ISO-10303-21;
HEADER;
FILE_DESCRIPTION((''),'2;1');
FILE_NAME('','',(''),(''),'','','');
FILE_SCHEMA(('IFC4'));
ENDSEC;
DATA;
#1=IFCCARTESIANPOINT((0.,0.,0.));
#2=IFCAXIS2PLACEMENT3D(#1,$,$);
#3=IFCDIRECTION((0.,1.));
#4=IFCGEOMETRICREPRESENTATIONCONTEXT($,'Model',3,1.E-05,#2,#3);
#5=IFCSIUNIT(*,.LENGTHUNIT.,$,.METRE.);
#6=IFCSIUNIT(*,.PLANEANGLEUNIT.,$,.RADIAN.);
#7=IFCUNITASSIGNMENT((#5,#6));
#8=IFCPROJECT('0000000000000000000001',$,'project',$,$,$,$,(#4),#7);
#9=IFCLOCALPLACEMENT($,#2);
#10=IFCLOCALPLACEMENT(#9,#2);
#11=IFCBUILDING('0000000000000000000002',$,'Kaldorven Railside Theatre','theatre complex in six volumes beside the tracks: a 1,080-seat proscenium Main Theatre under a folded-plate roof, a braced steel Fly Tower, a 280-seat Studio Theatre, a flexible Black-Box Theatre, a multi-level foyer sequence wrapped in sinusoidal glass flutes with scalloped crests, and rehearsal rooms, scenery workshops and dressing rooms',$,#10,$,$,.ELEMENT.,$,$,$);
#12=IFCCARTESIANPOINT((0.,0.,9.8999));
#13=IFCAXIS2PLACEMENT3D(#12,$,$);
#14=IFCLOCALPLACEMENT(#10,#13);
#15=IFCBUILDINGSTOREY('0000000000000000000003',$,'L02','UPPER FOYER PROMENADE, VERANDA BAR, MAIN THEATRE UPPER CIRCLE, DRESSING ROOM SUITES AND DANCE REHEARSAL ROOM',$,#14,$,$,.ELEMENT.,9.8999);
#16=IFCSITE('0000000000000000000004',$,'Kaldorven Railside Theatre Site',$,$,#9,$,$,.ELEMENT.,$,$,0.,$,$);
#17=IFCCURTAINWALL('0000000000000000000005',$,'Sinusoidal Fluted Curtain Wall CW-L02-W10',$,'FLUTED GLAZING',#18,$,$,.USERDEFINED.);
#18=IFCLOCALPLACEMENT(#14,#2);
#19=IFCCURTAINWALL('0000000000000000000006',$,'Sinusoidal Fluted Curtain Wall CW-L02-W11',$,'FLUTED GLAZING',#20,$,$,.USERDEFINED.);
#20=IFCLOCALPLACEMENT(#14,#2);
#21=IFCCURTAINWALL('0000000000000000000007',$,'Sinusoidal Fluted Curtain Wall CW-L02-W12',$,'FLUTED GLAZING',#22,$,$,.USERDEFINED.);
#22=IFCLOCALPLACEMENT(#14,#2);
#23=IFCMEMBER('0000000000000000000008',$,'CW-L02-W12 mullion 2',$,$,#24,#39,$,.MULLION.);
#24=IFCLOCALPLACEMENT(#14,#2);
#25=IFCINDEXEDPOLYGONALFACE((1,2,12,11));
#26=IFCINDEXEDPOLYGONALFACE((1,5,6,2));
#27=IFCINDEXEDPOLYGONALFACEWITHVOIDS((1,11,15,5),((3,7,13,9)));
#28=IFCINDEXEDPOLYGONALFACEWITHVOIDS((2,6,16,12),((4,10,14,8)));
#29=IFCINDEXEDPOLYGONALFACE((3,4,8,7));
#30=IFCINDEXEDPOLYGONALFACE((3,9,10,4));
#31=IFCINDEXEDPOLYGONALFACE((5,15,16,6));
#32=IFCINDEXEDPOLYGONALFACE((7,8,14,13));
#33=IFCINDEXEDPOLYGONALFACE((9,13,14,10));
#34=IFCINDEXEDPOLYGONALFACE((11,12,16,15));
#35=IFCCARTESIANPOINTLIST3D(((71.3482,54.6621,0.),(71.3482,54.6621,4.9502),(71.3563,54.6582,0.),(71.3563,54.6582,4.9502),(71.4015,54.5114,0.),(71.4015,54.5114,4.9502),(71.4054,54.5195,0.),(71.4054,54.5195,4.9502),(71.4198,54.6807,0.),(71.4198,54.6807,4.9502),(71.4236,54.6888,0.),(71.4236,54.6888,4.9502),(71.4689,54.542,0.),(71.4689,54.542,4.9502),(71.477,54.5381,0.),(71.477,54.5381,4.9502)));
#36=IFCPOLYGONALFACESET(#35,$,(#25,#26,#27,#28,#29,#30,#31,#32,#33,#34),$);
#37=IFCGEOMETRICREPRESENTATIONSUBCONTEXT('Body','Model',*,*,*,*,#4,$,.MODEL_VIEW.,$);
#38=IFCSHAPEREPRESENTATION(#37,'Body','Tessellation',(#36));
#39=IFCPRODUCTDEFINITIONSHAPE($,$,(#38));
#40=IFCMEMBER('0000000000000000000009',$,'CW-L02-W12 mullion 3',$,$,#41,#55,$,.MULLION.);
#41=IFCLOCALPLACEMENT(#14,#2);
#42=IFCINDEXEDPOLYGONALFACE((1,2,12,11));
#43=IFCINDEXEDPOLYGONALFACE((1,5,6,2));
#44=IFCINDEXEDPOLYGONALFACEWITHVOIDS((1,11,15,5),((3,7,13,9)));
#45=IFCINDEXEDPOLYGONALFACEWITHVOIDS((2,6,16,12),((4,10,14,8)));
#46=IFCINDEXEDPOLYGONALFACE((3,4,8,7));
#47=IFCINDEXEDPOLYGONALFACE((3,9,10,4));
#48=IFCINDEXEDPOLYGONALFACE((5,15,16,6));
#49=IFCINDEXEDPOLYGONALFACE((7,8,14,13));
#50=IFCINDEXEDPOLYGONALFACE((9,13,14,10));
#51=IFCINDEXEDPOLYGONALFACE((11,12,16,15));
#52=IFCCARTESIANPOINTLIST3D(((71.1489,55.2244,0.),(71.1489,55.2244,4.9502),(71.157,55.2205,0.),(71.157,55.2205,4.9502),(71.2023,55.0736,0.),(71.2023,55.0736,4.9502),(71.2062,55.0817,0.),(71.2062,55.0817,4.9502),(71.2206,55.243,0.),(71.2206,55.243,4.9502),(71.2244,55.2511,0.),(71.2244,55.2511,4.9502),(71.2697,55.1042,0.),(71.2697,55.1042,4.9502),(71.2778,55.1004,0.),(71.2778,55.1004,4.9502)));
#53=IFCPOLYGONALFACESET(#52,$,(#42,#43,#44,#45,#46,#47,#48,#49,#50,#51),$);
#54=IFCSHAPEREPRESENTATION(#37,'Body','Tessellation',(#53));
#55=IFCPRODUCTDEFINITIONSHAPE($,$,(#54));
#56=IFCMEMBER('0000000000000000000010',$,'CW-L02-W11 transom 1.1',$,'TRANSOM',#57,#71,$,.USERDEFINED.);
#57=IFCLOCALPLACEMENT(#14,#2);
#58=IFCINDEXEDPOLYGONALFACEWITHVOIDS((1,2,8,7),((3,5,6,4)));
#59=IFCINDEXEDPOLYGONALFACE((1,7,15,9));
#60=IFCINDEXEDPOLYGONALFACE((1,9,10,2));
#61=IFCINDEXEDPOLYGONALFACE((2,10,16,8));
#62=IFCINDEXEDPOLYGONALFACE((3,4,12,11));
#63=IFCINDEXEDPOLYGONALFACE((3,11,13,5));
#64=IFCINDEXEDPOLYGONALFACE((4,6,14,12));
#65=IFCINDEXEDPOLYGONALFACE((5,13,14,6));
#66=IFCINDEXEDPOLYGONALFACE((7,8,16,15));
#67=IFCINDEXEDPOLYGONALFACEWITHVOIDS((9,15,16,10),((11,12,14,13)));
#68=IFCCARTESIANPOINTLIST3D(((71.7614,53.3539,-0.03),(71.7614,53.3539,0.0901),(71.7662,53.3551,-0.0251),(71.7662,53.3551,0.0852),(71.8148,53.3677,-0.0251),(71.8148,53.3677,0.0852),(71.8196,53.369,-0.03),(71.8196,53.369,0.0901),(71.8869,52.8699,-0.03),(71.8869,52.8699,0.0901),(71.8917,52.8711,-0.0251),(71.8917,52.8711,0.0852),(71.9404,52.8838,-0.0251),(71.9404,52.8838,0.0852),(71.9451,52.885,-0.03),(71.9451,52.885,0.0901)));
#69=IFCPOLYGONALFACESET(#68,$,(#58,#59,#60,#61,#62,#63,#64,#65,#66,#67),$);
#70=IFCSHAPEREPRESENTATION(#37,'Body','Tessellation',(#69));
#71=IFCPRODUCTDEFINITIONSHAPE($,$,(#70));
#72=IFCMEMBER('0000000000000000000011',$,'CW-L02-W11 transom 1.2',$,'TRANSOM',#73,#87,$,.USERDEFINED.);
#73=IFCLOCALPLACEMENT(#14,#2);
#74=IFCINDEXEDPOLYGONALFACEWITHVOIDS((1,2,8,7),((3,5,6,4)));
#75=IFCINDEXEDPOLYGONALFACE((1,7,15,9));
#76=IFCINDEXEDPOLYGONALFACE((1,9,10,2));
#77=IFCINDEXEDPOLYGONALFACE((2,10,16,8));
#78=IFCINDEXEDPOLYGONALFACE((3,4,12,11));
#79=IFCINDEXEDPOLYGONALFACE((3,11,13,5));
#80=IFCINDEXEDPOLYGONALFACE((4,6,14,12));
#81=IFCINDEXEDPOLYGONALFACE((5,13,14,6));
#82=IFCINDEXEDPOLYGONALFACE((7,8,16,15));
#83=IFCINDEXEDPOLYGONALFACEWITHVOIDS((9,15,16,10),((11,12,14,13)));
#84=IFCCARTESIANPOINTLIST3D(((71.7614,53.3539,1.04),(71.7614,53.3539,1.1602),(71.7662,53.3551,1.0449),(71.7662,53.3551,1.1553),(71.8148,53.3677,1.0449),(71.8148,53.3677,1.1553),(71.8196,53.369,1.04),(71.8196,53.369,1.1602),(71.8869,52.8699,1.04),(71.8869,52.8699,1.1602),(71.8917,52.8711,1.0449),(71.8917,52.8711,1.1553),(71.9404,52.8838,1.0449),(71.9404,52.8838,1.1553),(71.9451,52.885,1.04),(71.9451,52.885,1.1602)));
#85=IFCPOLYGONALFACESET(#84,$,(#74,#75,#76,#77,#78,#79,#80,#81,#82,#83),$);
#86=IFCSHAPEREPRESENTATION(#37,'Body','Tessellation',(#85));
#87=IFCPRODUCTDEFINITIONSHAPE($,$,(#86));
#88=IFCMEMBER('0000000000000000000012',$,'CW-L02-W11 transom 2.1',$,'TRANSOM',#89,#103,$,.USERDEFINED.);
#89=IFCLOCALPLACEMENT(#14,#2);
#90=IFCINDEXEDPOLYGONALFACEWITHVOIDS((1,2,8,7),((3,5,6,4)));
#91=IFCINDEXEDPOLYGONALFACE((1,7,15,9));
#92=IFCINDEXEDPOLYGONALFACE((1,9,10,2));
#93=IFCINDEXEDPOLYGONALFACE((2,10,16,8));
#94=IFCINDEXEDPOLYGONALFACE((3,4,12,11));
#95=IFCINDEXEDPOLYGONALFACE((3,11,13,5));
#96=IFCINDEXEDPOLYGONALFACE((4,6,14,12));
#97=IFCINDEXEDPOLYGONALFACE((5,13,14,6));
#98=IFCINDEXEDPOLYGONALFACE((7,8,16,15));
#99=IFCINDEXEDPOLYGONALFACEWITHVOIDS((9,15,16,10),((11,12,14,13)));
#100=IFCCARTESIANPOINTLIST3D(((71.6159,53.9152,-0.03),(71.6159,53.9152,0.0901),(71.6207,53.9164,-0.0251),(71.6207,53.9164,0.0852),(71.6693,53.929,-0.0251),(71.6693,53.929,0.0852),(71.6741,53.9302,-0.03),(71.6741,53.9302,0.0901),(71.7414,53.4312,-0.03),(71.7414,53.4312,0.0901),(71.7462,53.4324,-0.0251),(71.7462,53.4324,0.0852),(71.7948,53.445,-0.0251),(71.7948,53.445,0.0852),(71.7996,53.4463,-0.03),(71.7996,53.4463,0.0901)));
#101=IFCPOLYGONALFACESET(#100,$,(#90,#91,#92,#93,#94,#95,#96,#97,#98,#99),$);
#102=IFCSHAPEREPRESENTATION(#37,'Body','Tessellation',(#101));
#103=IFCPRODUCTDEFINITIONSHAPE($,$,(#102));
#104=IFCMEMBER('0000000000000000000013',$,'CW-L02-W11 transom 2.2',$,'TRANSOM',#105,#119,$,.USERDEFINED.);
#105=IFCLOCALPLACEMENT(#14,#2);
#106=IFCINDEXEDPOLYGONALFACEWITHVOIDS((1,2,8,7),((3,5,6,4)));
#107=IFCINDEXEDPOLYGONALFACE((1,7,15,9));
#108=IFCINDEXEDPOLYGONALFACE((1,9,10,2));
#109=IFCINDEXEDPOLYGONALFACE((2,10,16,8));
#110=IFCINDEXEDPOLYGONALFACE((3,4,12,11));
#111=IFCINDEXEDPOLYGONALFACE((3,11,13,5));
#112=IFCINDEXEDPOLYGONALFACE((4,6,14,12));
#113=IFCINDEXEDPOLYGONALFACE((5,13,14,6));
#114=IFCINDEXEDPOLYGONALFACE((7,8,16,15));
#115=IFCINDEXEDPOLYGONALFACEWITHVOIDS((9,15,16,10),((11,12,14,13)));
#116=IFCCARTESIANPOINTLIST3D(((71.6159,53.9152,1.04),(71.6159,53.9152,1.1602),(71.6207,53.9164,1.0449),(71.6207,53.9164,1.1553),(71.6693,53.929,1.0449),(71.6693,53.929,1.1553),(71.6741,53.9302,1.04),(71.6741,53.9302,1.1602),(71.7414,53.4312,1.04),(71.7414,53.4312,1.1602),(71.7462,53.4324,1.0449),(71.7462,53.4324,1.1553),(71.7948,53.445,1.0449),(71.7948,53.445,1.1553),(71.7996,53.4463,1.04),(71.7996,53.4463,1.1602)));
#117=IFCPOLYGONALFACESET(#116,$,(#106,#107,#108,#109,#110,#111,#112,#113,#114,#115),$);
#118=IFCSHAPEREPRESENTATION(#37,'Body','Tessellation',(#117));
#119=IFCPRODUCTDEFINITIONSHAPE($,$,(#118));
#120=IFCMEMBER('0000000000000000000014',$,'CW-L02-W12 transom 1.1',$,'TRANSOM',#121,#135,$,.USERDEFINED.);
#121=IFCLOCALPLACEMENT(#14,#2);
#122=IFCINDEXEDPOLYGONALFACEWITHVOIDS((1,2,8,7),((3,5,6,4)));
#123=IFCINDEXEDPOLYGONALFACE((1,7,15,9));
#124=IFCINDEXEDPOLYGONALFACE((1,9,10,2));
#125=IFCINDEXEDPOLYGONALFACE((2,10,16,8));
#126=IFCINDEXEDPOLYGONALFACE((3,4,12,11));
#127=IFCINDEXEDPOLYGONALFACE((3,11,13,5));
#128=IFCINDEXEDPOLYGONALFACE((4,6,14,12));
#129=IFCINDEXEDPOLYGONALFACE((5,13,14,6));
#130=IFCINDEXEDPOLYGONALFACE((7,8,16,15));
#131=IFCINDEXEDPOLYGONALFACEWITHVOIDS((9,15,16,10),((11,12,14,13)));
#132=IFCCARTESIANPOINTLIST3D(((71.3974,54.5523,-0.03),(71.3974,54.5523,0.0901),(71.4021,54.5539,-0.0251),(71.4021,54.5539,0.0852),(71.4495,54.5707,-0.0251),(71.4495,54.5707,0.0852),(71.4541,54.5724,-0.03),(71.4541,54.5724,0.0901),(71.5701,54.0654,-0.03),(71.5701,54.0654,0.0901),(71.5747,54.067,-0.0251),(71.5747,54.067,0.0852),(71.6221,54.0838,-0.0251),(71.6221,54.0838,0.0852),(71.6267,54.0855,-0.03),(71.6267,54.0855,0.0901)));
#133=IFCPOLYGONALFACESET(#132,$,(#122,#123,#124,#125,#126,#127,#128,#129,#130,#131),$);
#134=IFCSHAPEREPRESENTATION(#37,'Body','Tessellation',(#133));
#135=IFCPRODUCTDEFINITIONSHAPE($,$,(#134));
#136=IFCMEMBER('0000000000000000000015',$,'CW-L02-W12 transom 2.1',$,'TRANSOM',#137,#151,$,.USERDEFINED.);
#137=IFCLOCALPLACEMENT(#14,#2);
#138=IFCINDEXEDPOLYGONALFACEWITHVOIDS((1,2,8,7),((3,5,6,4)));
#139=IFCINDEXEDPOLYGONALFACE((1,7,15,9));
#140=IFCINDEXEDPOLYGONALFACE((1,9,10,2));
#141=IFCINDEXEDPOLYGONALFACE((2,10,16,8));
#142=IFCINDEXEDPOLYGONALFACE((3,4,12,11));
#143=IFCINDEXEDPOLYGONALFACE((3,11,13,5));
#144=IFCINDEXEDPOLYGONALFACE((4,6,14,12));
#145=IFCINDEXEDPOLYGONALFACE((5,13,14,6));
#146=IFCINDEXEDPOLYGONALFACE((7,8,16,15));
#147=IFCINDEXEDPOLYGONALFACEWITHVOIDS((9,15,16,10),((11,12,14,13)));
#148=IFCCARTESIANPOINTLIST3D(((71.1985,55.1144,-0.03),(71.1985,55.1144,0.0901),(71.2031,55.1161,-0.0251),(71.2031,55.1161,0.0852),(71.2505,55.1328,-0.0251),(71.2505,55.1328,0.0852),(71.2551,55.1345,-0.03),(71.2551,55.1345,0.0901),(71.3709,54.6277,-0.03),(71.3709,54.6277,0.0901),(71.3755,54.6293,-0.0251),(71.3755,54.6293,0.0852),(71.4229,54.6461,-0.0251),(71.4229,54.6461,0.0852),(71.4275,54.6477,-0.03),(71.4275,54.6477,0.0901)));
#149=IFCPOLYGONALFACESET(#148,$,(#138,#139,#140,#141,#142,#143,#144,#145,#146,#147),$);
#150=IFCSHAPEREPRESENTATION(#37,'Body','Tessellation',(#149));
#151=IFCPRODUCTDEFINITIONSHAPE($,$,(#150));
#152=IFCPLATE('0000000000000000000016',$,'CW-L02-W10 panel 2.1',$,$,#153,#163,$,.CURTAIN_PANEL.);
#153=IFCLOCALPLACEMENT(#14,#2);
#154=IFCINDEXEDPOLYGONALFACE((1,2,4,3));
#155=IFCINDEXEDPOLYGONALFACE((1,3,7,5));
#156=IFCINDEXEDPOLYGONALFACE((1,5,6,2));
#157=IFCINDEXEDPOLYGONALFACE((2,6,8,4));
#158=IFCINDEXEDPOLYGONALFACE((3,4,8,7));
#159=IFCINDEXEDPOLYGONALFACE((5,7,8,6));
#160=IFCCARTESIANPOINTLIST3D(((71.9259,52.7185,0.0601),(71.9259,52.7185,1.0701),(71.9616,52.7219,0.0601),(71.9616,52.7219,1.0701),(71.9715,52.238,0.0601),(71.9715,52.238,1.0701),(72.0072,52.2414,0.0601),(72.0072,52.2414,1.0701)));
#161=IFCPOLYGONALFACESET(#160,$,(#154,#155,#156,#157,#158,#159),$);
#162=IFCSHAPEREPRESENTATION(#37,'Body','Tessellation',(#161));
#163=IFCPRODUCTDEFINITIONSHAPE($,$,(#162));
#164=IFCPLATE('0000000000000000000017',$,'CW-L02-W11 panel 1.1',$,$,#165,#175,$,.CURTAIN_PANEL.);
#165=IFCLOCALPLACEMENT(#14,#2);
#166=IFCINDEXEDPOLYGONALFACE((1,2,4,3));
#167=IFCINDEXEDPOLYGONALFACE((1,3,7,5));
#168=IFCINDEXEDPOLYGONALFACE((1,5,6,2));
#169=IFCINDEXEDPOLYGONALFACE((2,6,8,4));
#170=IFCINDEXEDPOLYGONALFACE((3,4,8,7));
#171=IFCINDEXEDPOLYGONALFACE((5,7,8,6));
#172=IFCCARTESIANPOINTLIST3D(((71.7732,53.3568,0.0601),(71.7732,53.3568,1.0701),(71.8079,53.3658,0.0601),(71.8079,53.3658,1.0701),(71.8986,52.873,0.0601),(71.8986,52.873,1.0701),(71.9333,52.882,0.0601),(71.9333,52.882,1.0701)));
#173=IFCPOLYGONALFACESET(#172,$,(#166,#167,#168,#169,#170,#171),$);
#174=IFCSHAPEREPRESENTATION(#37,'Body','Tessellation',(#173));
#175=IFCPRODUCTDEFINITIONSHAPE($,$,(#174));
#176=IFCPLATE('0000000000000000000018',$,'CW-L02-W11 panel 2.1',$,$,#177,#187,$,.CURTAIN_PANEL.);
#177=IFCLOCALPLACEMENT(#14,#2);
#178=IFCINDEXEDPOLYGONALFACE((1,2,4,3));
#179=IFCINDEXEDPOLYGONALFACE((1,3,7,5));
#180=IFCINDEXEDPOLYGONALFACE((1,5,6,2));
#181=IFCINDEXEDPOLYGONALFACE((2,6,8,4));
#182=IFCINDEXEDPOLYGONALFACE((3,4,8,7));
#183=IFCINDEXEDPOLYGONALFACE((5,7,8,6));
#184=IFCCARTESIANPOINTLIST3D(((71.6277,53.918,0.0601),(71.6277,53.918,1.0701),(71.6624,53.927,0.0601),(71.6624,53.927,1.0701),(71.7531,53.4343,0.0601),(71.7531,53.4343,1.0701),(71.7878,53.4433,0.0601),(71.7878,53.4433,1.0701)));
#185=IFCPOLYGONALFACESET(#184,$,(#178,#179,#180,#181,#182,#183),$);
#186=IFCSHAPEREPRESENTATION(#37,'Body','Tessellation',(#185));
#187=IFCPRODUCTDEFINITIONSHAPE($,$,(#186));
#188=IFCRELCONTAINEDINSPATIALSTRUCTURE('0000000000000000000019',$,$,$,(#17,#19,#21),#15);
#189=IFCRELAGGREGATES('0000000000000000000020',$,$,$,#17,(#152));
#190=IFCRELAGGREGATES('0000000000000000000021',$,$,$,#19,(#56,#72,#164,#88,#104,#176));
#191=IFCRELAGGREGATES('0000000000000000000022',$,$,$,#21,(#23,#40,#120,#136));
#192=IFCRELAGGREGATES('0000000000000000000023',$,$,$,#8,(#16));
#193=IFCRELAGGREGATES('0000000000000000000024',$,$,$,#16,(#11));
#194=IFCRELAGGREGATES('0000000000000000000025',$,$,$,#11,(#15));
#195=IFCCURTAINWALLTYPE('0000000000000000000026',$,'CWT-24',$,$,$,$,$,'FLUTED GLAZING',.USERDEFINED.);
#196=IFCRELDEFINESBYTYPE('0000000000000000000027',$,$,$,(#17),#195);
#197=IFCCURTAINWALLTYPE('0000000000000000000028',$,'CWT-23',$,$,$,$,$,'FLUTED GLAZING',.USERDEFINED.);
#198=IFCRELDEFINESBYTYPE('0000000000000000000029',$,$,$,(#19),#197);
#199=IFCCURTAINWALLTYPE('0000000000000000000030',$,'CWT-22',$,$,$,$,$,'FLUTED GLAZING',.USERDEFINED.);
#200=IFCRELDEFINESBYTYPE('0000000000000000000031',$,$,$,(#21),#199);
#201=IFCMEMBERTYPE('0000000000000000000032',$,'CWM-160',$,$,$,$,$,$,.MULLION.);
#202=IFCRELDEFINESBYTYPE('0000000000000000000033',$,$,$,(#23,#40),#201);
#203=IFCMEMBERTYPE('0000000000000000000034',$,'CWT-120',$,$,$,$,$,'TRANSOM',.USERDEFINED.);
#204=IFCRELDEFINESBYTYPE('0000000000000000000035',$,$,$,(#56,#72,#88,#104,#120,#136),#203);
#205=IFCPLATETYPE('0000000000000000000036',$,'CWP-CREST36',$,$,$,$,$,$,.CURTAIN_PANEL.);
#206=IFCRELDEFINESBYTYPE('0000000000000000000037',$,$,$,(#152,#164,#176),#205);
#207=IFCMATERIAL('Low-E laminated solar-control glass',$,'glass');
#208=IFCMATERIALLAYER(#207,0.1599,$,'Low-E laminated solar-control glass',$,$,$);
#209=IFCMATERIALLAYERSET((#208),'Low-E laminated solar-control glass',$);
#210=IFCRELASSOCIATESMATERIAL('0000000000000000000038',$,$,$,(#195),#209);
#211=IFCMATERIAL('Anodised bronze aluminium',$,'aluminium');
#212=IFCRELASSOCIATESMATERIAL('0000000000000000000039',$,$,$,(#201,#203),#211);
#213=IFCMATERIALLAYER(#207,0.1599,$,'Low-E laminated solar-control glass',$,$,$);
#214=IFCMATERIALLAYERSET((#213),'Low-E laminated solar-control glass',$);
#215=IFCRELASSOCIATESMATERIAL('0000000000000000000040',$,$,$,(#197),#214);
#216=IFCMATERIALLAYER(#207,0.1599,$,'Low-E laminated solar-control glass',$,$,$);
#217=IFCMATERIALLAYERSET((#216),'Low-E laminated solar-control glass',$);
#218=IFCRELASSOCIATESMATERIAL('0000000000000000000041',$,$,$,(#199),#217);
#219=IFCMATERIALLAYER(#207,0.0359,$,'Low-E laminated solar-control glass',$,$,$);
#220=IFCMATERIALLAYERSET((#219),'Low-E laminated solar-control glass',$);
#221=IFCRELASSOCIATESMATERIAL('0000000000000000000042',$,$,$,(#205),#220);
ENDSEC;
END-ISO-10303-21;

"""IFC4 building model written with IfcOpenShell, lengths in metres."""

from ifc_helpers import new_model, si_unit, direction, frame, origin, origin_2d, place, context, subcontext, project, spatial, rectangle, hollow_rectangle, extrude, material, layer, layer_set, material_profile, profile_set, type_object, element, aggregate, save


model = new_model("IFC4")

# Units and contexts
model_context = context("Model", 3, precision=1e-05, world=origin(), true_north=direction((0.0, 1.0)))
body_context = subcontext(model_context, "Body", "Model", "MODEL_VIEW")
ifc_project = project(units=[si_unit("LENGTHUNIT", "METRE"), si_unit("PLANEANGLEUNIT", "RADIAN")], contexts=[model_context])

# Site, building, storey
site_placement = place(None, origin())
site = spatial("IfcSite", under=ifc_project, at=site_placement, Name="Kaldorven Railside Theatre Site", CompositionType="ELEMENT", RefElevation=0.0)
building_placement = place(site_placement, origin())
building = spatial("IfcBuilding", under=site, at=building_placement, Name="Kaldorven Railside Theatre", Description="theatre complex in six volumes beside the tracks: a 1,080-seat proscenium Main Theatre under a folded-plate roof, a braced steel Fly Tower, a 280-seat Studio Theatre, a flexible Black-Box Theatre, a multi-level foyer sequence wrapped in sinusoidal glass flutes with scalloped crests, and rehearsal rooms, scenery workshops and dressing rooms", CompositionType="ELEMENT")
storey_placement = place(building_placement, frame((0.0, 0.0, 9.8999)))
storey = spatial("IfcBuildingStorey", under=building, at=storey_placement, Name="L02", Description="UPPER FOYER PROMENADE, VERANDA BAR, MAIN THEATRE UPPER CIRCLE, DRESSING ROOM SUITES AND DANCE REHEARSAL ROOM", CompositionType="ELEMENT", Elevation=9.8999)

# Curtain wall
ifc_material_1 = material(Name="Low-E laminated solar-control glass", Category="glass")
ifc_layer_1 = layer(ifc_material_1, 0.1599, Name="Low-E laminated solar-control glass")
ifc_layer_set_1 = layer_set([ifc_layer_1], Name="Low-E laminated solar-control glass")
curtain_wall_type_1 = type_object("IfcCurtainWallType", Name="CWT-24", ElementType="FLUTED GLAZING", PredefinedType="USERDEFINED", material=ifc_layer_set_1)
curtain_wall_1_placement = place(storey_placement, origin())
curtain_wall_1 = element("IfcCurtainWall", 1, at=curtain_wall_1_placement, inside=storey, type_object=curtain_wall_type_1, Name="Sinusoidal Fluted Curtain Wall CW-L02-W10", ObjectType="FLUTED GLAZING", PredefinedType="USERDEFINED")
ifc_material_2 = material(Name="Anodised bronze aluminium", Category="aluminium")
ifc_material_profile_1 = material_profile(ifc_material_2, hollow_rectangle(XDim=0.0801, YDim=0.1599, WallThickness=0.0063, at=origin_2d()), Name="RHS 160x80x6.3")
ifc_profile_set_1 = profile_set([ifc_material_profile_1], Name="Anodised bronze aluminium")
member_type_1 = type_object("IfcMemberType", Name="CWM-160", PredefinedType="MULLION", material=ifc_profile_set_1)

# Curtain walls, members
ifc_layer_2 = layer(ifc_material_1, 0.1599, Name="Low-E laminated solar-control glass")
ifc_layer_set_2 = layer_set([ifc_layer_2], Name="Low-E laminated solar-control glass")
curtain_wall_type_2 = type_object("IfcCurtainWallType", Name="CWT-23", ElementType="FLUTED GLAZING", PredefinedType="USERDEFINED", material=ifc_layer_set_2)
curtain_wall_2_placement = place(storey_placement, origin())
curtain_wall_2 = element("IfcCurtainWall", 2, at=curtain_wall_2_placement, inside=storey, type_object=curtain_wall_type_2, Name="Sinusoidal Fluted Curtain Wall CW-L02-W11", ObjectType="FLUTED GLAZING", PredefinedType="USERDEFINED")
ifc_layer_3 = layer(ifc_material_1, 0.1599, Name="Low-E laminated solar-control glass")
ifc_layer_set_3 = layer_set([ifc_layer_3], Name="Low-E laminated solar-control glass")
curtain_wall_type_3 = type_object("IfcCurtainWallType", Name="CWT-22", ElementType="FLUTED GLAZING", PredefinedType="USERDEFINED", material=ifc_layer_set_3)
curtain_wall_3_placement = place(storey_placement, origin())
curtain_wall_3 = element("IfcCurtainWall", 3, at=curtain_wall_3_placement, inside=storey, type_object=curtain_wall_type_3, Name="Sinusoidal Fluted Curtain Wall CW-L02-W12", ObjectType="FLUTED GLAZING", PredefinedType="USERDEFINED")
member_1_placement = place(storey_placement, frame((71.4126, 54.6001, 0.0), z_axis=(0.0, 0.0, 1.0), x_axis=(-0.942627, -0.333847, 0.0)))
member_1 = element("IfcMember", 4, at=member_1_placement, type_object=member_type_1, Name="CW-L02-W12 mullion 2", PredefinedType="MULLION", context=body_context, shape_type="SweptSolid", body=[
    extrude(hollow_rectangle(XDim=0.0801, YDim=0.1599, WallThickness=0.0063, at=origin_2d()), origin(), (0.0, 0.0, 1.0), 4.9502),
])
member_2_placement = place(storey_placement, frame((71.2134, 55.1624, 0.0), z_axis=(0.0, 0.0, 1.0), x_axis=(-0.942627, -0.333847, 0.0)))
member_2 = element("IfcMember", 5, at=member_2_placement, type_object=member_type_1, Name="CW-L02-W12 mullion 3", PredefinedType="MULLION", context=body_context, shape_type="SweptSolid", body=[
    extrude(hollow_rectangle(XDim=0.0801, YDim=0.1599, WallThickness=0.0063, at=origin_2d()), origin(), (0.0, 0.0, 1.0), 4.9502),
])

# Members
ifc_material_profile_2 = material_profile(ifc_material_2, hollow_rectangle(XDim=0.0601, YDim=0.1201, WallThickness=0.0049, at=origin_2d()), Name="RHS 120x60x5")
ifc_profile_set_2 = profile_set([ifc_material_profile_2], Name="Anodised bronze aluminium")
member_type_2 = type_object("IfcMemberType", Name="CWT-120", ElementType="TRANSOM", PredefinedType="USERDEFINED", material=ifc_profile_set_2)
member_3_placement = place(storey_placement, frame((71.916, 52.8774, 0.03), z_axis=(-0.25103, 0.967979, 0.0), x_axis=(-0.967979, -0.25103, 0.0)))
member_3 = element("IfcMember", 6, at=member_3_placement, type_object=member_type_2, Name="CW-L02-W11 transom 1.1", ObjectType="TRANSOM", PredefinedType="USERDEFINED", context=body_context, shape_type="SweptSolid", body=[
    extrude(hollow_rectangle(XDim=0.0601, YDim=0.1201, WallThickness=0.0049, at=origin_2d()), origin(), (0.0, 0.0, 1.0), 0.5),
])
member_4_placement = place(storey_placement, frame((71.916, 52.8774, 1.1001), z_axis=(-0.25103, 0.967979, 0.0), x_axis=(-0.967979, -0.25103, 0.0)))
member_4 = element("IfcMember", 7, at=member_4_placement, type_object=member_type_2, Name="CW-L02-W11 transom 1.2", ObjectType="TRANSOM", PredefinedType="USERDEFINED", context=body_context, shape_type="SweptSolid", body=[
    extrude(hollow_rectangle(XDim=0.0601, YDim=0.1201, WallThickness=0.0049, at=origin_2d()), origin(), (0.0, 0.0, 1.0), 0.5),
])
member_5_placement = place(storey_placement, frame((71.7705, 53.4387, 0.03), z_axis=(-0.25103, 0.967979, 0.0), x_axis=(-0.967979, -0.25103, 0.0)))
member_5 = element("IfcMember", 8, at=member_5_placement, type_object=member_type_2, Name="CW-L02-W11 transom 2.1", ObjectType="TRANSOM", PredefinedType="USERDEFINED", context=body_context, shape_type="SweptSolid", body=[
    extrude(hollow_rectangle(XDim=0.0601, YDim=0.1201, WallThickness=0.0049, at=origin_2d()), origin(), (0.0, 0.0, 1.0), 0.5),
])
member_6_placement = place(storey_placement, frame((71.7705, 53.4387, 1.1001), z_axis=(-0.25103, 0.967979, 0.0), x_axis=(-0.967979, -0.25103, 0.0)))
member_6 = element("IfcMember", 9, at=member_6_placement, type_object=member_type_2, Name="CW-L02-W11 transom 2.2", ObjectType="TRANSOM", PredefinedType="USERDEFINED", context=body_context, shape_type="SweptSolid", body=[
    extrude(hollow_rectangle(XDim=0.0601, YDim=0.1201, WallThickness=0.0049, at=origin_2d()), origin(), (0.0, 0.0, 1.0), 0.5),
])
member_7_placement = place(storey_placement, frame((71.5984, 54.0754, 0.03), z_axis=(-0.33418, 0.942509, 0.0), x_axis=(-0.942509, -0.33418, 0.0)))
member_7 = element("IfcMember", 10, at=member_7_placement, type_object=member_type_2, Name="CW-L02-W12 transom 1.1", ObjectType="TRANSOM", PredefinedType="USERDEFINED", context=body_context, shape_type="SweptSolid", body=[
    extrude(hollow_rectangle(XDim=0.0601, YDim=0.1201, WallThickness=0.0049, at=origin_2d()), origin(), (0.0, 0.0, 1.0), 0.5166),
])
member_8_placement = place(storey_placement, frame((71.3992, 54.6377, 0.03), z_axis=(-0.33376, 0.942658, 0.0), x_axis=(-0.942658, -0.33376, 0.0)))
member_8 = element("IfcMember", 11, at=member_8_placement, type_object=member_type_2, Name="CW-L02-W12 transom 2.1", ObjectType="TRANSOM", PredefinedType="USERDEFINED", context=body_context, shape_type="SweptSolid", body=[
    extrude(hollow_rectangle(XDim=0.0601, YDim=0.1201, WallThickness=0.0049, at=origin_2d()), origin(), (0.0, 0.0, 1.0), 0.5164),
])

# Plates
ifc_layer_4 = layer(ifc_material_1, 0.0359, Name="Low-E laminated solar-control glass")
ifc_layer_set_4 = layer_set([ifc_layer_4], Name="Low-E laminated solar-control glass")
plate_type = type_object("IfcPlateType", Name="CWP-CREST36", PredefinedType="CURTAIN_PANEL", material=ifc_layer_set_4)
plate_1_placement = place(storey_placement, frame((71.9666, 52.48, 0.0601), z_axis=(0.0, 0.0, 1.0), x_axis=(-0.094492, 0.995526, 0.0)))
plate_1 = element("IfcPlate", 12, at=plate_1_placement, type_object=plate_type, Name="CW-L02-W10 panel 2.1", PredefinedType="CURTAIN_PANEL", context=body_context, shape_type="SweptSolid", body=[
    extrude(rectangle(XDim=0.4827, YDim=0.0359, at=origin_2d()), origin(), (0.0, 0.0, 1.0), 1.01),
])
aggregate(curtain_wall_1, [plate_1])
plate_2_placement = place(storey_placement, frame((71.8533, 53.1194, 0.0601), z_axis=(0.0, 0.0, 1.0), x_axis=(-0.250954, 0.967999, 0.0)))
plate_2 = element("IfcPlate", 13, at=plate_2_placement, type_object=plate_type, Name="CW-L02-W11 panel 1.1", PredefinedType="CURTAIN_PANEL", context=body_context, shape_type="SweptSolid", body=[
    extrude(rectangle(XDim=0.4998, YDim=0.0359, at=origin_2d()), origin(), (0.0, 0.0, 1.0), 1.01),
])
plate_3_placement = place(storey_placement, frame((71.7078, 53.6807, 0.0601), z_axis=(0.0, 0.0, 1.0), x_axis=(-0.250954, 0.967999, 0.0)))
plate_3 = element("IfcPlate", 14, at=plate_3_placement, type_object=plate_type, Name="CW-L02-W11 panel 2.1", PredefinedType="CURTAIN_PANEL", context=body_context, shape_type="SweptSolid", body=[
    extrude(rectangle(XDim=0.4998, YDim=0.0359, at=origin_2d()), origin(), (0.0, 0.0, 1.0), 1.01),
])
aggregate(curtain_wall_2, [member_3, member_4, plate_2, member_5, member_6, plate_3])
aggregate(curtain_wall_3, [member_1, member_2, member_7, member_8])

save(model, "model.ifc")
